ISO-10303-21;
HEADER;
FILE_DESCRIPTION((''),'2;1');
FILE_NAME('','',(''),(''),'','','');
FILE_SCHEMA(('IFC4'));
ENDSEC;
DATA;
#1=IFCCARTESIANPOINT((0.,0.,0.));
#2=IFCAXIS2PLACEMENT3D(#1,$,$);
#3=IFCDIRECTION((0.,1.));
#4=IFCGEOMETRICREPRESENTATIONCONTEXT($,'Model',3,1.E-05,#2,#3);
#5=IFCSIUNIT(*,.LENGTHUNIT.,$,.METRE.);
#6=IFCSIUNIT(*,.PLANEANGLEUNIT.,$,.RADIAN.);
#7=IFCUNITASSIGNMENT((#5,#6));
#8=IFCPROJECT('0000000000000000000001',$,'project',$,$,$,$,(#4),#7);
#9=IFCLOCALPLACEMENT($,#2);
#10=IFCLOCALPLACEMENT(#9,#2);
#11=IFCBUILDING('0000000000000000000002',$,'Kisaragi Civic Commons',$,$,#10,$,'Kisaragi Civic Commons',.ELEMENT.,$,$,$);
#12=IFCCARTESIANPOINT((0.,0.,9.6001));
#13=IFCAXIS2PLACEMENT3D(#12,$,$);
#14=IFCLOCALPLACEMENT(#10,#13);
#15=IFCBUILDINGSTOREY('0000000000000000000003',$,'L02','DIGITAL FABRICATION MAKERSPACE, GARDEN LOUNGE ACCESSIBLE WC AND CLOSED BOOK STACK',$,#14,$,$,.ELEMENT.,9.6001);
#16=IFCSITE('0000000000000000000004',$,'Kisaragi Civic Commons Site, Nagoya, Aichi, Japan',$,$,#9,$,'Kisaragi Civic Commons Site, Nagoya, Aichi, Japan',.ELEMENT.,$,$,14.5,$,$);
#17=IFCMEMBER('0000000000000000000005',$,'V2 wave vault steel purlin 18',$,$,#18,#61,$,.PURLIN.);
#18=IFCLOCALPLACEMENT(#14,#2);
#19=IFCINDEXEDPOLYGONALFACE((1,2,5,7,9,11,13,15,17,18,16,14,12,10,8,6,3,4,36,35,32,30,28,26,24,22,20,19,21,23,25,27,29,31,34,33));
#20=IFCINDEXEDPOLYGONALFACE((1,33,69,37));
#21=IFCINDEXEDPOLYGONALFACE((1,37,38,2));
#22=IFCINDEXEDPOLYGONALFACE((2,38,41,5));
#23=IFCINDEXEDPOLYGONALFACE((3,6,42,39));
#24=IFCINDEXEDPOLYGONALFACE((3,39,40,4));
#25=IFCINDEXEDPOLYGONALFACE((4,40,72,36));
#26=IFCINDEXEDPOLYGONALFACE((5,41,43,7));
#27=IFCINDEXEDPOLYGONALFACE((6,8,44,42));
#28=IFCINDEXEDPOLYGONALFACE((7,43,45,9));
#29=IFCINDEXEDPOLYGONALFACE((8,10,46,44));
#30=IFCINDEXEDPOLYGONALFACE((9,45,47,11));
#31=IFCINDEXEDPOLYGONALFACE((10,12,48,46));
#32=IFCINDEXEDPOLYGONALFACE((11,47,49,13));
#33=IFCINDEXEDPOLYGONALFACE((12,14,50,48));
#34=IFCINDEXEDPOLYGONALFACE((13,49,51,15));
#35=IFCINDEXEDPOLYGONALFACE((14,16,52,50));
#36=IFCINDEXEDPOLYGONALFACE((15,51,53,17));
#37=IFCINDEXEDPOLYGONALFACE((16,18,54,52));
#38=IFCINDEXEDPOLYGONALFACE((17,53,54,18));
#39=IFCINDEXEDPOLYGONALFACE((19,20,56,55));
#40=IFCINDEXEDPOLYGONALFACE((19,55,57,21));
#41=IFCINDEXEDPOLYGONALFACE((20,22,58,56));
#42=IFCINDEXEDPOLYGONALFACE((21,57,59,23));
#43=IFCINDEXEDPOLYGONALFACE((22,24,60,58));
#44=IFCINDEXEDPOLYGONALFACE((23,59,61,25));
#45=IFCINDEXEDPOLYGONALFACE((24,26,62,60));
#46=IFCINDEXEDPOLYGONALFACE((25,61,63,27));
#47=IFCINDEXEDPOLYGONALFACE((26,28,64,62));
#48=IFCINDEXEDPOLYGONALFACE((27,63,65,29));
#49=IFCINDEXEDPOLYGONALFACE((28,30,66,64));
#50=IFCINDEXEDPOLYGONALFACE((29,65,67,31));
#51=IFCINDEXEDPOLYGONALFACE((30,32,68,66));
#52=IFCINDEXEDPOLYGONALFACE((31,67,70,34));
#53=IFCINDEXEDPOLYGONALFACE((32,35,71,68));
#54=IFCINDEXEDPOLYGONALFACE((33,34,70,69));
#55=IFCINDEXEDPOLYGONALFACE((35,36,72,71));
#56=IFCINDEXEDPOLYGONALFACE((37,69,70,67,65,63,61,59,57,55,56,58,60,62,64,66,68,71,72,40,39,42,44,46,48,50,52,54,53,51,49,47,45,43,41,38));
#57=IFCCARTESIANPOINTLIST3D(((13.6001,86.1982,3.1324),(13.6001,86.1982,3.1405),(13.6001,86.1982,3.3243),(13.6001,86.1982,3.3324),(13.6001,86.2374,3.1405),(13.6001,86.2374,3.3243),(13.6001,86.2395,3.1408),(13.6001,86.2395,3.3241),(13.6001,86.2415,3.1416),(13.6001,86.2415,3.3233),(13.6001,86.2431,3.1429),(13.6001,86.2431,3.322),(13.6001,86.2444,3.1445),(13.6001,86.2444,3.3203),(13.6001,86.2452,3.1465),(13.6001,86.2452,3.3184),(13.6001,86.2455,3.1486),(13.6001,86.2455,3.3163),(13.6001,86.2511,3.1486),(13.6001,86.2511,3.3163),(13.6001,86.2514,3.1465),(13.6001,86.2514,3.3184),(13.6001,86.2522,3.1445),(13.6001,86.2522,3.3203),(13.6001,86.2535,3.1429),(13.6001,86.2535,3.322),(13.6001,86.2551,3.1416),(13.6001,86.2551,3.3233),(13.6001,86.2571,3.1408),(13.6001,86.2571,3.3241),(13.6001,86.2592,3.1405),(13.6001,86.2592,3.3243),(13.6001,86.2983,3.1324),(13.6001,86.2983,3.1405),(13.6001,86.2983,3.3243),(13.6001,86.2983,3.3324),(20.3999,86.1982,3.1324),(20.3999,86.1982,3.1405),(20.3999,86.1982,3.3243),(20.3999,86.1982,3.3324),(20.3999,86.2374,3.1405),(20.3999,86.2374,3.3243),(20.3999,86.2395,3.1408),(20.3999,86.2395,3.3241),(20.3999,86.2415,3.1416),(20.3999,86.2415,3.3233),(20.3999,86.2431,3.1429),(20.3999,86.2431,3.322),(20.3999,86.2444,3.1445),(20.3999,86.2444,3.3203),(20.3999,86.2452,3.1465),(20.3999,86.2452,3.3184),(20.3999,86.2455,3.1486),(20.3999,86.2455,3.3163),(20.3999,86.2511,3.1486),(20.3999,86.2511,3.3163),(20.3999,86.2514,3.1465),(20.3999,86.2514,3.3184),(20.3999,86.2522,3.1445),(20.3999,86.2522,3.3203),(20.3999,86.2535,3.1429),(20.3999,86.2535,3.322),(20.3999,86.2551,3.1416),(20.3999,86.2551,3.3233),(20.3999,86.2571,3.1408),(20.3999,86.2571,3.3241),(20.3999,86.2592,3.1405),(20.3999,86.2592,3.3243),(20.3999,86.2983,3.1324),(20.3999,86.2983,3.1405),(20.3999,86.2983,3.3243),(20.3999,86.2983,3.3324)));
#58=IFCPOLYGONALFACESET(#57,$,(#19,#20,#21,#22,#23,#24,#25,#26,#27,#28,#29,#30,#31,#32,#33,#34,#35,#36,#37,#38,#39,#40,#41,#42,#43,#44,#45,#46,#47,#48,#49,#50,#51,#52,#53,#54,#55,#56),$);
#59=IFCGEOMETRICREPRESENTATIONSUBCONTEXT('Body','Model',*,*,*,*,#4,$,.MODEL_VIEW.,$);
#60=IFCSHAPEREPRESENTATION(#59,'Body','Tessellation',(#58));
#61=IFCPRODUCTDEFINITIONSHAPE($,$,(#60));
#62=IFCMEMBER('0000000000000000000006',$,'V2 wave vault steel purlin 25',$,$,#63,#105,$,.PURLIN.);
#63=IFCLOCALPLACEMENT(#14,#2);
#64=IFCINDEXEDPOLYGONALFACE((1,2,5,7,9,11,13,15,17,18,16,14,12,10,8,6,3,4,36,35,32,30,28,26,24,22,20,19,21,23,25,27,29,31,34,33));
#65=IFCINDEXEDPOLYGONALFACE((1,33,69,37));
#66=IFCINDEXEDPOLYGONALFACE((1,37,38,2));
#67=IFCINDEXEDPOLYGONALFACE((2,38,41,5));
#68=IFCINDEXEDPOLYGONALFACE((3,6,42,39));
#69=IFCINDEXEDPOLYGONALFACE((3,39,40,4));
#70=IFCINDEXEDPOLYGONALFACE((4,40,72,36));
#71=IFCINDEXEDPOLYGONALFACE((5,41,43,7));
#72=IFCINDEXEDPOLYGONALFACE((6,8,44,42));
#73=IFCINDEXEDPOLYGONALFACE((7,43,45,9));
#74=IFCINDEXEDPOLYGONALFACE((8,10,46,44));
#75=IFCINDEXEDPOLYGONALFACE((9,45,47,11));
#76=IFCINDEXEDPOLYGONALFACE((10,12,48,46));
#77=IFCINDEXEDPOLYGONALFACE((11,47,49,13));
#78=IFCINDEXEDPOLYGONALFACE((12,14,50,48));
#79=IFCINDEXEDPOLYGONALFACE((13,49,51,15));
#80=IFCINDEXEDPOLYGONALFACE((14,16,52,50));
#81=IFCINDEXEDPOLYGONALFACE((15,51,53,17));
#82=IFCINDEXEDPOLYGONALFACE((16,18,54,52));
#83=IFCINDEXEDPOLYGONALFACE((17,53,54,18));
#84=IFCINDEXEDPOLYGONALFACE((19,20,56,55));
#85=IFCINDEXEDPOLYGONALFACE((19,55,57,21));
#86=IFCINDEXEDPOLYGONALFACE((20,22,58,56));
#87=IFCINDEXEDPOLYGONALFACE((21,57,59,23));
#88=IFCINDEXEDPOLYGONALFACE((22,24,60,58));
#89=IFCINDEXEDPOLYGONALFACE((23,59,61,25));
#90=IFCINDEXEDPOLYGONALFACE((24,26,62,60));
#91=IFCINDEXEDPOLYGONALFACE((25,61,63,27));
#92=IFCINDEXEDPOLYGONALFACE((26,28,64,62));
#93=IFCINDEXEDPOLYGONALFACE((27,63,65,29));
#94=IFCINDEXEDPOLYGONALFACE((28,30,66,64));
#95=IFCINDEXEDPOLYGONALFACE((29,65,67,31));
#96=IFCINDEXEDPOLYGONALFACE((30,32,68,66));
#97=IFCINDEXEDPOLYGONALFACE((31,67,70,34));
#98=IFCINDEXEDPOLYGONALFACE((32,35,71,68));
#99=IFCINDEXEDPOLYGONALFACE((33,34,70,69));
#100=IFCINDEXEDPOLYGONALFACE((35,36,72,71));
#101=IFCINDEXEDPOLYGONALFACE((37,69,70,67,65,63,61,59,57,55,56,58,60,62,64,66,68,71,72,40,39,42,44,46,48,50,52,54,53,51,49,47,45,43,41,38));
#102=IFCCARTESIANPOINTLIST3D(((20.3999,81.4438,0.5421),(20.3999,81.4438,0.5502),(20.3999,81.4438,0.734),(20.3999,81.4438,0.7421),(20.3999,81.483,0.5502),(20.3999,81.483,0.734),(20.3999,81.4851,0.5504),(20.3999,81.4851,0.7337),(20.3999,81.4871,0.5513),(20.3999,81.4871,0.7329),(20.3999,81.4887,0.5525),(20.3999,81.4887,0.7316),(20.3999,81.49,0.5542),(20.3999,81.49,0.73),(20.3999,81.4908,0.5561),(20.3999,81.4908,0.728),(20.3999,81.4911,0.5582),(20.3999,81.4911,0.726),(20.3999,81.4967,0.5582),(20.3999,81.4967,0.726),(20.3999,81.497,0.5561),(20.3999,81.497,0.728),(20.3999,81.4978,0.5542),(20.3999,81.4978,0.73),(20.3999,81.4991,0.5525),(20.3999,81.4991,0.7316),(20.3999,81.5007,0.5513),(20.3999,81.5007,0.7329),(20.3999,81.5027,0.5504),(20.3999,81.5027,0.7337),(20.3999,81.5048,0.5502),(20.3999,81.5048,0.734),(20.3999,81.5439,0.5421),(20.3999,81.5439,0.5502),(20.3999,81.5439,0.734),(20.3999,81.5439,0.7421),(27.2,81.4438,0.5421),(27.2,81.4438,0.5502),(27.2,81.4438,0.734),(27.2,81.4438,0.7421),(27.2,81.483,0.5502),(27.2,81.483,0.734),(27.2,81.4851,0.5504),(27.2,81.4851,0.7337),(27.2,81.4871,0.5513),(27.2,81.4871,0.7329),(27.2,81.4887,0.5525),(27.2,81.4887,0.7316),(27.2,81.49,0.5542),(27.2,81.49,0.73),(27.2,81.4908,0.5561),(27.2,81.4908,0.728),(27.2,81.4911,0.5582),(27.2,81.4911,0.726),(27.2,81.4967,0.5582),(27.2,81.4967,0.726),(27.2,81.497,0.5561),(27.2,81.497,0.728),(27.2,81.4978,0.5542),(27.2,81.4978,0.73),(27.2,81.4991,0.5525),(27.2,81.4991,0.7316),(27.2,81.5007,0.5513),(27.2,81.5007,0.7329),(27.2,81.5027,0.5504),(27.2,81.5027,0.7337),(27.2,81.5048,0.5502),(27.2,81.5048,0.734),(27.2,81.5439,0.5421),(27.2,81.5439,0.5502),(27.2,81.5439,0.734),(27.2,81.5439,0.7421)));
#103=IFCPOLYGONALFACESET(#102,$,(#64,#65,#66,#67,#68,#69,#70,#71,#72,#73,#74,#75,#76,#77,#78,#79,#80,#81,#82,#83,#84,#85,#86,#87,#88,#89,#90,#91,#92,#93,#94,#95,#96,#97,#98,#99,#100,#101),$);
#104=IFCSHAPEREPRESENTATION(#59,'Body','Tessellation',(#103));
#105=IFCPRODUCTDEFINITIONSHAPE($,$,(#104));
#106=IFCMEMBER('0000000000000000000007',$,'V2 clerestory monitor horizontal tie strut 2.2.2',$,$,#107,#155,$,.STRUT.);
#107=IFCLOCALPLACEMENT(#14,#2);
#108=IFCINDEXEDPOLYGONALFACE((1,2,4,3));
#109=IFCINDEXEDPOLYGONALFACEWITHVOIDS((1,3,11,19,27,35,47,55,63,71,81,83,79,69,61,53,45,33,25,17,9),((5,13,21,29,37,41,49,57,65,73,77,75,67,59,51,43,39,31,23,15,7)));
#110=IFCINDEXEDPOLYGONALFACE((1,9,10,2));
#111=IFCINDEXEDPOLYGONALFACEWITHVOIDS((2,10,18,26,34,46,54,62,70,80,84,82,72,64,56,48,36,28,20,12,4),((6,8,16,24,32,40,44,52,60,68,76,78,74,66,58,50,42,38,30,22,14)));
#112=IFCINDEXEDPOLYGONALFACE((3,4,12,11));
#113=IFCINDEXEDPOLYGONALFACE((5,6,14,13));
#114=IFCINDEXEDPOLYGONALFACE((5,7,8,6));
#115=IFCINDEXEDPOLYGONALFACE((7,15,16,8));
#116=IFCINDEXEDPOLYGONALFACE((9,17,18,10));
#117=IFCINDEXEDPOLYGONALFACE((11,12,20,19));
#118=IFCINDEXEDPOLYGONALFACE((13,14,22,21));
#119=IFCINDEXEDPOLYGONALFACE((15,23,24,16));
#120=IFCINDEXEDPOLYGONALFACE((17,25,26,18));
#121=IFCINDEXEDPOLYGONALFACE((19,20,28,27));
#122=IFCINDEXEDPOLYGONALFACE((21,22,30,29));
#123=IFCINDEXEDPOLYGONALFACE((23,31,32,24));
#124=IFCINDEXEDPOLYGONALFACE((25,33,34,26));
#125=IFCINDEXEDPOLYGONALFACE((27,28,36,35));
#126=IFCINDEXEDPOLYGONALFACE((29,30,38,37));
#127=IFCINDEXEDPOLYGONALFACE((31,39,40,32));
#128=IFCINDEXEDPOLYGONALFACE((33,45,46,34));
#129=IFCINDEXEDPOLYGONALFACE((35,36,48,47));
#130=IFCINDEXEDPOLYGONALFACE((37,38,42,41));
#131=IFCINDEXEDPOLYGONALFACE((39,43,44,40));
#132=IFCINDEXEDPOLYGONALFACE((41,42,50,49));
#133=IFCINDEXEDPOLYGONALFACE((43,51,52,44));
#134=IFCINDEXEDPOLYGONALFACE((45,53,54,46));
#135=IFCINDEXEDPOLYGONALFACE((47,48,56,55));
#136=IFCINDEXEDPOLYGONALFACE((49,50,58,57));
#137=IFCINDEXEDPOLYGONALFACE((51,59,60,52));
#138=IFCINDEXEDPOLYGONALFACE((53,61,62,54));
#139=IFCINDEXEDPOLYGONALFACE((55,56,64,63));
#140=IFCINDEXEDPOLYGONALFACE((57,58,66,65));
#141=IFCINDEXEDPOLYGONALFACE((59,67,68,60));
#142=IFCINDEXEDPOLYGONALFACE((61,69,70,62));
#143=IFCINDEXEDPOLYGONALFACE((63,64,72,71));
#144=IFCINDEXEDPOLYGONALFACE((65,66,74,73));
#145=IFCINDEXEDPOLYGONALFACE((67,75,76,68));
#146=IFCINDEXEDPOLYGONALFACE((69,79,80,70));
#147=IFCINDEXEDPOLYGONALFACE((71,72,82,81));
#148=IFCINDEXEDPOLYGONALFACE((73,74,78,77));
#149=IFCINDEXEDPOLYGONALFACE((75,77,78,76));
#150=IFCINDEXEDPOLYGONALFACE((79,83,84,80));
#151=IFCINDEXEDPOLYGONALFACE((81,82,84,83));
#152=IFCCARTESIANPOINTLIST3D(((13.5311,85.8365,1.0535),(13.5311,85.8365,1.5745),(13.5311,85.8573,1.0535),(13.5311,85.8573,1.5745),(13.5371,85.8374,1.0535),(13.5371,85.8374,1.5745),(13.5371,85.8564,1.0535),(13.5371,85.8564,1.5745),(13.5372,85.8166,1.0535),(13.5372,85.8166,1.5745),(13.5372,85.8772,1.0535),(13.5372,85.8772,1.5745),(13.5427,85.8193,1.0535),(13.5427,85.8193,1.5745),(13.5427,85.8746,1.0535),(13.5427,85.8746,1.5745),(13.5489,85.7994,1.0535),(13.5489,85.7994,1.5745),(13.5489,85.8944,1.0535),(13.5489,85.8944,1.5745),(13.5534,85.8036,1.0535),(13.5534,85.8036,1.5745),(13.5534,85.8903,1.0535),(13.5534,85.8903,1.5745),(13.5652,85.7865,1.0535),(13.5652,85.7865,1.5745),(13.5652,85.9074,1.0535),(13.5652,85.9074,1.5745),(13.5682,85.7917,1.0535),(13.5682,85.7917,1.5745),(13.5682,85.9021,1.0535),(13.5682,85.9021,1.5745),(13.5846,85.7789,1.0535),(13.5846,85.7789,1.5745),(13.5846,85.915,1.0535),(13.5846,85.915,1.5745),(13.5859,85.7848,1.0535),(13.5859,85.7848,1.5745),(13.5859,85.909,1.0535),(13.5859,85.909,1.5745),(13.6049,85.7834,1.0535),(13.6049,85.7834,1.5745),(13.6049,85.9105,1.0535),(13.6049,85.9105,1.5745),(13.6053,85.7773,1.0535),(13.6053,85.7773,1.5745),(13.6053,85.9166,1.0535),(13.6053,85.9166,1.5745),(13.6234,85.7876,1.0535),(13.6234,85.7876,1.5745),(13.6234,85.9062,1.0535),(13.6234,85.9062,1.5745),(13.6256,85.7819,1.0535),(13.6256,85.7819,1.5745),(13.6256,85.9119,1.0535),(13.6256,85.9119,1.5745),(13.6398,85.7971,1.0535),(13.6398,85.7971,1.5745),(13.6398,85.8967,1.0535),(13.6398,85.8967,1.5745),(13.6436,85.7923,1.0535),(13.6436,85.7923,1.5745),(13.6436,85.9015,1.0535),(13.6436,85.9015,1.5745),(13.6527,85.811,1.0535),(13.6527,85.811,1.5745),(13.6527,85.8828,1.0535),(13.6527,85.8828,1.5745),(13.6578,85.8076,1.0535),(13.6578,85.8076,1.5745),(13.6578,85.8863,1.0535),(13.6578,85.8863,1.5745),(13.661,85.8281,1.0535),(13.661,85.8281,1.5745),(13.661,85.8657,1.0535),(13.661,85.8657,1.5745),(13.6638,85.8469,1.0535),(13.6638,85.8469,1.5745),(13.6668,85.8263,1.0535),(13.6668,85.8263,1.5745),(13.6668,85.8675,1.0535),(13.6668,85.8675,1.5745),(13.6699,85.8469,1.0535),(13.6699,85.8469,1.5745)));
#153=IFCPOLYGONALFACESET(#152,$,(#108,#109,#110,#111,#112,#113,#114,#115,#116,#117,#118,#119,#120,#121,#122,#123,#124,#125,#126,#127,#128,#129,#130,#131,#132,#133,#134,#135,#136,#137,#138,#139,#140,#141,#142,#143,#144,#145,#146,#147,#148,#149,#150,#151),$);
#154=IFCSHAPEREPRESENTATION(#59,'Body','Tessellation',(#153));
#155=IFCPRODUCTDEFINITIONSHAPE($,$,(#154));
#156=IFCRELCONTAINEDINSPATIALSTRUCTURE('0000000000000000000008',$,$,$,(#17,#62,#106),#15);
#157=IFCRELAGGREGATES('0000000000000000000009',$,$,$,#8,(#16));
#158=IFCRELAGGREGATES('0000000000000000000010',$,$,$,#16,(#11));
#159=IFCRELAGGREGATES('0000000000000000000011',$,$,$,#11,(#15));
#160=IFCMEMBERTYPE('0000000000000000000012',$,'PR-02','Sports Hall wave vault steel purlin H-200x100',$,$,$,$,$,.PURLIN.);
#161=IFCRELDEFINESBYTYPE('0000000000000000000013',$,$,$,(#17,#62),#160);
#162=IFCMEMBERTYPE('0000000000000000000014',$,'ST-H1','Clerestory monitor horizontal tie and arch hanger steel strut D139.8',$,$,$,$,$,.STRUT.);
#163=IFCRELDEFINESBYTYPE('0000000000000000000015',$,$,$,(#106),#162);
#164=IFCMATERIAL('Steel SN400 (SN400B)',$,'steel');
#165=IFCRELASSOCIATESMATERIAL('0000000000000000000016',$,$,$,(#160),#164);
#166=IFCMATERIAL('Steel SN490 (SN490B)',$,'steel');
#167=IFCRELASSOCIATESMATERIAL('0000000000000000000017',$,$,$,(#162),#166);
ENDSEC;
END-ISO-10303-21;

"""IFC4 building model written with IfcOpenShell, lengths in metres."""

from ifc_helpers import new_model, si_unit, direction, frame, origin, origin_2d, place, context, subcontext, project, spatial, hollow_circle, i_section, extrude, material, material_profile, profile_set, type_object, element, save


model = new_model("IFC4")

# Units and contexts
model_context = context("Model", 3, precision=1e-05, world=origin(), true_north=direction((0.0, 1.0)))
body_context = subcontext(model_context, "Body", "Model", "MODEL_VIEW")
ifc_project = project(units=[si_unit("LENGTHUNIT", "METRE"), si_unit("PLANEANGLEUNIT", "RADIAN")], contexts=[model_context])

# Site, building, storey
site_placement = place(None, origin())
site = spatial("IfcSite", under=ifc_project, at=site_placement, Name="Kisaragi Civic Commons Site, Nagoya, Aichi, Japan", LongName="Kisaragi Civic Commons Site, Nagoya, Aichi, Japan", CompositionType="ELEMENT", RefElevation=14.5)
building_placement = place(site_placement, origin())
building = spatial("IfcBuilding", under=site, at=building_placement, Name="Kisaragi Civic Commons", LongName="Kisaragi Civic Commons", CompositionType="ELEMENT")
storey_placement = place(building_placement, frame((0.0, 0.0, 9.6001)))
storey = spatial("IfcBuildingStorey", under=building, at=storey_placement, Name="L02", Description="DIGITAL FABRICATION MAKERSPACE, GARDEN LOUNGE ACCESSIBLE WC AND CLOSED BOOK STACK", CompositionType="ELEMENT", Elevation=9.6001)

# Members
ifc_material_1 = material(Name="Steel SN490 (SN490B)", Category="steel")
ifc_material_2 = material(Name="Steel SN400 (SN400B)", Category="steel")
ifc_material_profile_1 = material_profile(ifc_material_2, i_section(OverallWidth=0.1001, OverallDepth=0.2, WebThickness=0.0056, FlangeThickness=0.0081, FilletRadius=0.0081, at=origin_2d()), Name="H-200x100x5.5x8", Category="steel")
ifc_profile_set_1 = profile_set([ifc_material_profile_1], Name="Steel SN400 (SN400B)")
member_type_1 = type_object("IfcMemberType", Name="PR-02", Description="Sports Hall wave vault steel purlin H-200x100", PredefinedType="PURLIN", material=ifc_profile_set_1)
member_1_placement = place(storey_placement, frame((13.6001, 86.2483, 3.2324), z_axis=(1.0, 0.0, 0.0), x_axis=(0.0, 1.0, 0.0)))
element("IfcMember", 1, at=member_1_placement, inside=storey, type_object=member_type_1, Name="V2 wave vault steel purlin 18", PredefinedType="PURLIN", context=body_context, shape_type="SweptSolid", body=[
    extrude(i_section(OverallWidth=0.1001, OverallDepth=0.2, WebThickness=0.0056, FlangeThickness=0.0081, FilletRadius=0.0081, at=origin_2d()), origin(), (0.0, 0.0, 1.0), 6.7998),
])
member_2_placement = place(storey_placement, frame((20.3999, 81.4939, 0.6421), z_axis=(1.0, 0.0, 0.0), x_axis=(0.0, 1.0, 0.0)))
element("IfcMember", 2, at=member_2_placement, inside=storey, type_object=member_type_1, Name="V2 wave vault steel purlin 25", PredefinedType="PURLIN", context=body_context, shape_type="SweptSolid", body=[
    extrude(i_section(OverallWidth=0.1001, OverallDepth=0.2, WebThickness=0.0056, FlangeThickness=0.0081, FilletRadius=0.0081, at=origin_2d()), origin(), (0.0, 0.0, 1.0), 6.8),
])
ifc_material_profile_2 = material_profile(ifc_material_1, hollow_circle(Radius=0.0698, WallThickness=0.0061, at=origin_2d()), Name="CHS-139.8x6.0", Category="steel")
ifc_profile_set_2 = profile_set([ifc_material_profile_2], Name="Steel SN490 (SN490B)")
member_type_2 = type_object("IfcMemberType", Name="ST-H1", Description="Clerestory monitor horizontal tie and arch hanger steel strut D139.8", PredefinedType="STRUT", material=ifc_profile_set_2)
member_3_placement = place(storey_placement, frame((13.6001, 85.8469, 1.0535), z_axis=(0.0, 0.0, 1.0), x_axis=(1.0, 0.0, 0.0)))
element("IfcMember", 3, at=member_3_placement, inside=storey, type_object=member_type_2, Name="V2 clerestory monitor horizontal tie strut 2.2.2", PredefinedType="STRUT", context=body_context, shape_type="SweptSolid", body=[
    extrude(hollow_circle(Radius=0.0698, WallThickness=0.0061, at=origin_2d()), origin(), (0.0, 0.0, 1.0), 0.521),
])

save(model, "model.ifc")
